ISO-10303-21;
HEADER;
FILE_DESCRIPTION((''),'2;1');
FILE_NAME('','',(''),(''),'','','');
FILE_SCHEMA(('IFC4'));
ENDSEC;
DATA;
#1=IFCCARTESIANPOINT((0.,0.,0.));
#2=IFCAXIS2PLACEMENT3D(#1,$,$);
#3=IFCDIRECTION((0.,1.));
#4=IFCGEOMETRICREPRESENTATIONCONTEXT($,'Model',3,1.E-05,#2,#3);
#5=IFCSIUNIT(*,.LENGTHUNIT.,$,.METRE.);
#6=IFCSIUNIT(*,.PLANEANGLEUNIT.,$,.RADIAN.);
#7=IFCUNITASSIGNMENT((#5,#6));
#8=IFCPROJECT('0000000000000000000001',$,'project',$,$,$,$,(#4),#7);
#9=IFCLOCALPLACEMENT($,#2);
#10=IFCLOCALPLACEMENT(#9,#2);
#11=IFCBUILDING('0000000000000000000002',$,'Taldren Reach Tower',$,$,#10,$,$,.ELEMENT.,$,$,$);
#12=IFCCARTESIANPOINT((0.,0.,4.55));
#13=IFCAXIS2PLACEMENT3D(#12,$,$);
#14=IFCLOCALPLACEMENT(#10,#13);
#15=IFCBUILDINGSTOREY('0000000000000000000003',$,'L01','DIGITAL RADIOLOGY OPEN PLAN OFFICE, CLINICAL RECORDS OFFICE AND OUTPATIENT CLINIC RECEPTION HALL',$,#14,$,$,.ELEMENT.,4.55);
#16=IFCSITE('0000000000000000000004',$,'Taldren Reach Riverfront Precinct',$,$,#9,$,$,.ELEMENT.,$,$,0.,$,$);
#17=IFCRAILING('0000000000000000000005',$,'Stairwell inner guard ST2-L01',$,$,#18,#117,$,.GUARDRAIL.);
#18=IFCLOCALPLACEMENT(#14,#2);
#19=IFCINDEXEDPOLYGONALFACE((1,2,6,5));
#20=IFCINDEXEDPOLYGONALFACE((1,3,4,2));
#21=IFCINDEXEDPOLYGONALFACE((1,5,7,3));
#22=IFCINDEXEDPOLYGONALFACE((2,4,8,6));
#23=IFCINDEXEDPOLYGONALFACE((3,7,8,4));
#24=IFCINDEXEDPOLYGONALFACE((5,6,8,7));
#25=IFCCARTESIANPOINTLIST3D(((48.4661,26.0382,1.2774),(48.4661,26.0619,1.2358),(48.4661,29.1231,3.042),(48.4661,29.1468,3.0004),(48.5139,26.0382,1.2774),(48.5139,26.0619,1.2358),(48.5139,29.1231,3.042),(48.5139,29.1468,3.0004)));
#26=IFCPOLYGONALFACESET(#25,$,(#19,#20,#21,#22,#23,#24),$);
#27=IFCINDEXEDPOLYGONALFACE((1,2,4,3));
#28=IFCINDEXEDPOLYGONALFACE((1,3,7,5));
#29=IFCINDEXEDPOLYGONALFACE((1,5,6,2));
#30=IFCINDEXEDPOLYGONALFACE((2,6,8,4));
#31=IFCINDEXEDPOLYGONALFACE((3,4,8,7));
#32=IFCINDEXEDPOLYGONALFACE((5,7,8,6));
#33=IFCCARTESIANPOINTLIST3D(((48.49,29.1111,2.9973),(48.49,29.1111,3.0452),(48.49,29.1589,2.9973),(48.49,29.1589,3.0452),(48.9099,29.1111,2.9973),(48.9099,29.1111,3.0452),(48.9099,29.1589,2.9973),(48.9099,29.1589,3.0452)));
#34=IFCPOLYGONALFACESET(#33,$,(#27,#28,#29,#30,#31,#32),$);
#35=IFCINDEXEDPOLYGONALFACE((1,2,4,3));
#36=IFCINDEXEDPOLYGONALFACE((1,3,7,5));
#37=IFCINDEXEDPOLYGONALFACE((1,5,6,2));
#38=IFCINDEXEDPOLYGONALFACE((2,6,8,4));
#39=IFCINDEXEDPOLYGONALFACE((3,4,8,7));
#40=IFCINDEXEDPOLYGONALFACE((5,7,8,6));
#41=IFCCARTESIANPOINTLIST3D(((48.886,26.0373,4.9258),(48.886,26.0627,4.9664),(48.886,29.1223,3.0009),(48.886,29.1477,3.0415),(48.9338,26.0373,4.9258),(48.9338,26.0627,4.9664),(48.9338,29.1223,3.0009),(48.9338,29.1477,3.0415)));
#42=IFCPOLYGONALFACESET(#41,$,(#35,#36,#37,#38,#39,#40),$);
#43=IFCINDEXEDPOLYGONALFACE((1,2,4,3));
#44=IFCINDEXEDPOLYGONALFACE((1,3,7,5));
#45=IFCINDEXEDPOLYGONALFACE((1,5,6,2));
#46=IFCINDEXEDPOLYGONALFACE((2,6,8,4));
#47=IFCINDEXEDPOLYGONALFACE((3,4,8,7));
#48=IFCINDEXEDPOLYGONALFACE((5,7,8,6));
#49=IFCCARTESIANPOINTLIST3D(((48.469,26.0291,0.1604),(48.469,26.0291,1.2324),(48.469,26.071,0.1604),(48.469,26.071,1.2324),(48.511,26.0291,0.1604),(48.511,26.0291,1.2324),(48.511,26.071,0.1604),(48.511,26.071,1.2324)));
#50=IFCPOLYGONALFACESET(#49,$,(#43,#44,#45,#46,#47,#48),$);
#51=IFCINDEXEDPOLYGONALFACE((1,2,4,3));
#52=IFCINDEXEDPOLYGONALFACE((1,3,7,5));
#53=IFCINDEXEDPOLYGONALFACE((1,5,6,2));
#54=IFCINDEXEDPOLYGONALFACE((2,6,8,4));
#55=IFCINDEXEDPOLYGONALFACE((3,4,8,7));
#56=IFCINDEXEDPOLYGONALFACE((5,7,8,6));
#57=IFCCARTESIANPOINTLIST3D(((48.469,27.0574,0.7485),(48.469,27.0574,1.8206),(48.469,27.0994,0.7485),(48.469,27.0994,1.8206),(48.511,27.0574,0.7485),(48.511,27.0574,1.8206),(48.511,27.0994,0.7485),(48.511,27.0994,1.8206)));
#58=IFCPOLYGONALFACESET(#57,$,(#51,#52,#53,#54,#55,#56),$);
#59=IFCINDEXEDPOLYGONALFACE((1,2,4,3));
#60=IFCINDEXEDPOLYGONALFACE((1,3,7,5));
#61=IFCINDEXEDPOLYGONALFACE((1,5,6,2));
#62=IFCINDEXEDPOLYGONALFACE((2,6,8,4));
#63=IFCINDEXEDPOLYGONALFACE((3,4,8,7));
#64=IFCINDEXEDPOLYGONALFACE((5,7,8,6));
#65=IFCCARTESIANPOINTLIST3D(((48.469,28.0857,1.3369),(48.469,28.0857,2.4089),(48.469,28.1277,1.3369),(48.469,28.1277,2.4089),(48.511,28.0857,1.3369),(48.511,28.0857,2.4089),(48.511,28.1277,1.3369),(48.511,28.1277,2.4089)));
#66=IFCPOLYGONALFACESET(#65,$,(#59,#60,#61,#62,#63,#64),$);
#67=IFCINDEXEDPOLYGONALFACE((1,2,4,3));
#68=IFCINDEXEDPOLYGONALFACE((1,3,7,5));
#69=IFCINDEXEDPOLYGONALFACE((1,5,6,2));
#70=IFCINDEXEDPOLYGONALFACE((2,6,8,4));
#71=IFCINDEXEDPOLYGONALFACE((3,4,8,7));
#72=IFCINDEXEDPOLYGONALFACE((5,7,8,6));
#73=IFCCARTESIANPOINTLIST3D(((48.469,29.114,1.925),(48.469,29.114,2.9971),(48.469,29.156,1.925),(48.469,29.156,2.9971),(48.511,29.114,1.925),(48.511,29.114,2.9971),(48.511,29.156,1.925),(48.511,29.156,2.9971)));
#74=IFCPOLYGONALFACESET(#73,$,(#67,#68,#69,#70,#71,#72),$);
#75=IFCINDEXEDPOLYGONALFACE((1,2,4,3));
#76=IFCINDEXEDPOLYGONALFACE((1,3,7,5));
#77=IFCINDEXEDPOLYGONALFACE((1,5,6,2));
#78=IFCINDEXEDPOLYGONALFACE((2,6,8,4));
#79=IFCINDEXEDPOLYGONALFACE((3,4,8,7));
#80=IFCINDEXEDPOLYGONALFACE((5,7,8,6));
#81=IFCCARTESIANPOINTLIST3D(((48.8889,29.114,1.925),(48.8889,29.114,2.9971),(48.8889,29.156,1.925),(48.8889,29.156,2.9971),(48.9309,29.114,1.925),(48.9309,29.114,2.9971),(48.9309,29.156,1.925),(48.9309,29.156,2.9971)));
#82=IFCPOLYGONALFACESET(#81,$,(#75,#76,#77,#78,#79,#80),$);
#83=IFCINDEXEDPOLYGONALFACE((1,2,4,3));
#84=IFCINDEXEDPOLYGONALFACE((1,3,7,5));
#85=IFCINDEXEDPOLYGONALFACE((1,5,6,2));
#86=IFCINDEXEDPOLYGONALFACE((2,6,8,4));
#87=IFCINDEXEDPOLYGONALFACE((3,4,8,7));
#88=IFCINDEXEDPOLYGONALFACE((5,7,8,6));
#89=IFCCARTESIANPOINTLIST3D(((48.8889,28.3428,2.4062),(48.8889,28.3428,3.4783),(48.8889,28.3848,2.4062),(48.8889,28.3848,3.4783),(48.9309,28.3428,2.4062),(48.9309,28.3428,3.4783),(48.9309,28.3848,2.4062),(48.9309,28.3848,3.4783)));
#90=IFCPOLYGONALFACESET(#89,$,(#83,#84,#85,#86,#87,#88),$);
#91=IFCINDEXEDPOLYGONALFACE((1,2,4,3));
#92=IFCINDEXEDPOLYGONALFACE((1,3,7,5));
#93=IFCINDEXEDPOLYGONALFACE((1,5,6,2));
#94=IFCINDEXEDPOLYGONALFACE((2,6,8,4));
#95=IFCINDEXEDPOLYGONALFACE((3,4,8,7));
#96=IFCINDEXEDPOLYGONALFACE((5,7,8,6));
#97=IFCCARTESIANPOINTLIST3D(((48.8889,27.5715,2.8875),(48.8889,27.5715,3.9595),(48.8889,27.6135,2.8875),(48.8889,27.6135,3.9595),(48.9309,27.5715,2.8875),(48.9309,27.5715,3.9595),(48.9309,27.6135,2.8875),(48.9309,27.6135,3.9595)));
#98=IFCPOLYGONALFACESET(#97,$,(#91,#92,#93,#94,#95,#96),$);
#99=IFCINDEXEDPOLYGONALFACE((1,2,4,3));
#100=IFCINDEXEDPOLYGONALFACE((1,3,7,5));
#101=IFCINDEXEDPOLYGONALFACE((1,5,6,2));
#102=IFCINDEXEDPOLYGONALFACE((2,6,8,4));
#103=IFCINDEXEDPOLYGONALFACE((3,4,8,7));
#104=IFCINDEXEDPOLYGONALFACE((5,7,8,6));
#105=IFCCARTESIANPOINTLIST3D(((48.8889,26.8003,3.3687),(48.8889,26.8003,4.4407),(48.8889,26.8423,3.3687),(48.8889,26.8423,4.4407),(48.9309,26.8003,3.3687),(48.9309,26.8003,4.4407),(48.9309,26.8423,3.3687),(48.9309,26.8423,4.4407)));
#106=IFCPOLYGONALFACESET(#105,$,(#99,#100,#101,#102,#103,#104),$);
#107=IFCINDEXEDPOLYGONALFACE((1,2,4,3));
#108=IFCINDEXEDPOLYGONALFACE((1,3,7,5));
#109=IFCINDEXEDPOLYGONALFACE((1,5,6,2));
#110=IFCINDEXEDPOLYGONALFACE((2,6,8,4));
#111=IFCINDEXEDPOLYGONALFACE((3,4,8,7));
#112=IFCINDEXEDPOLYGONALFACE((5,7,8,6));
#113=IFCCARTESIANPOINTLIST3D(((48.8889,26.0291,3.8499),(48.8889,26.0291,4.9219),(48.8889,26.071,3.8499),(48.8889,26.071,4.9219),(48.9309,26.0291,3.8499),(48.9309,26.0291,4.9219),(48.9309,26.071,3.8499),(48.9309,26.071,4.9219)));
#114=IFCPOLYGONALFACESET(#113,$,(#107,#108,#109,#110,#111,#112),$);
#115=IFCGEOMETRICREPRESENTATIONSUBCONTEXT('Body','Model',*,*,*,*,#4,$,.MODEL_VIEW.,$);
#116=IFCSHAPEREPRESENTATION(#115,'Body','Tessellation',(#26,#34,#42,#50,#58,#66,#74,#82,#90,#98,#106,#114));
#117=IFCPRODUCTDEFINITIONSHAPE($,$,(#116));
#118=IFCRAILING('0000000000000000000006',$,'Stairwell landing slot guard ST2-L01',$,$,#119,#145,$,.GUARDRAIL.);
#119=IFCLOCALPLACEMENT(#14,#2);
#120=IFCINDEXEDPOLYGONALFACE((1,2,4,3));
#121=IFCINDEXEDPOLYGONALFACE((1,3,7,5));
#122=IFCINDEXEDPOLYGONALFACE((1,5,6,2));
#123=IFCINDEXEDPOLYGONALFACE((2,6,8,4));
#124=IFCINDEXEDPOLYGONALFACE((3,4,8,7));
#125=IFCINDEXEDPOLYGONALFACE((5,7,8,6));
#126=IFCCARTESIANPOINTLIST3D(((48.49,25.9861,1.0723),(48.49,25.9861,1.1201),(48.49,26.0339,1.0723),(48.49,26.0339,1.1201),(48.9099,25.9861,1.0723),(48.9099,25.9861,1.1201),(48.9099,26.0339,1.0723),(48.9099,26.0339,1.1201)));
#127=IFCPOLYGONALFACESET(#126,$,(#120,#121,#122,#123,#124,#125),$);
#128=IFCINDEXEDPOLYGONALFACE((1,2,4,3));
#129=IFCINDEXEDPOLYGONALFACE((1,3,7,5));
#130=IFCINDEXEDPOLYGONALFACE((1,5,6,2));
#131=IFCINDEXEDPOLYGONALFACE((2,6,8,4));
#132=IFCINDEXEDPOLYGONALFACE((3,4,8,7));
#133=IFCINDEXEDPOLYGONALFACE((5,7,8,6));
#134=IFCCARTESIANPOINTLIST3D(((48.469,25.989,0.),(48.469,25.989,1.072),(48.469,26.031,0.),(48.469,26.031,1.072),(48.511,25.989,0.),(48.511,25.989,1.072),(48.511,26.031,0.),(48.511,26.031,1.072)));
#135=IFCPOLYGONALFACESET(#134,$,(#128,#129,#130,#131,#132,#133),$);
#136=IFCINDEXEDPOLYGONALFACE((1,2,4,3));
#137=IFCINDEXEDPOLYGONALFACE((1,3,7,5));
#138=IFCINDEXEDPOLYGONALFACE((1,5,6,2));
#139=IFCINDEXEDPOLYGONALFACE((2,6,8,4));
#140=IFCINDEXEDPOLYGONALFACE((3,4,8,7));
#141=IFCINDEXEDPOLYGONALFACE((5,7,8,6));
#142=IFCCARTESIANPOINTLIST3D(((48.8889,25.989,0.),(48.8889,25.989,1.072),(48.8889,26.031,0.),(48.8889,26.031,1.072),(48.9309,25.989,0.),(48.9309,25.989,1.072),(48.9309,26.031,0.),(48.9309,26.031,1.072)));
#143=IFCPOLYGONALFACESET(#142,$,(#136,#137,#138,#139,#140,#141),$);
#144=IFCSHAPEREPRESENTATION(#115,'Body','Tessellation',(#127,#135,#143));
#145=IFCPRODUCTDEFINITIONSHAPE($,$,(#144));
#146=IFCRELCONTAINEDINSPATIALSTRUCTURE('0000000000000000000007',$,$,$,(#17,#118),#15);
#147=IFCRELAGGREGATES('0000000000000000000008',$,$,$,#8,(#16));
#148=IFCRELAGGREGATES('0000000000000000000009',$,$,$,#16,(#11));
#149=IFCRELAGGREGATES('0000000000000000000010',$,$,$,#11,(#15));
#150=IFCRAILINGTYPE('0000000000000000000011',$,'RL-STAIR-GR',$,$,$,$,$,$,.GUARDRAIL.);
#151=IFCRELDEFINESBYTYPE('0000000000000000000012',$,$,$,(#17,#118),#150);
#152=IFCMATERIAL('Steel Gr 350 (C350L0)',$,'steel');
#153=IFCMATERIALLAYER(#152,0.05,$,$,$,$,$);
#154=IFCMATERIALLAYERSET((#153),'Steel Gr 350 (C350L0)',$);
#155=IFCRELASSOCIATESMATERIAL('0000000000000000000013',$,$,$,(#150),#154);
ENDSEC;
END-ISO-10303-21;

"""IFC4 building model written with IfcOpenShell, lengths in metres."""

from ifc_helpers import new_model, si_unit, direction, frame, origin, origin_2d, place, context, subcontext, project, spatial, rectangle, extrude, material, layer, layer_set, type_object, element, save


model = new_model("IFC4")

# Units and contexts
model_context = context("Model", 3, precision=1e-05, world=origin(), true_north=direction((0.0, 1.0)))
body_context = subcontext(model_context, "Body", "Model", "MODEL_VIEW")
ifc_project = project(units=[si_unit("LENGTHUNIT", "METRE"), si_unit("PLANEANGLEUNIT", "RADIAN")], contexts=[model_context])

# Site, building, storey
site_placement = place(None, origin())
site = spatial("IfcSite", under=ifc_project, at=site_placement, Name="Taldren Reach Riverfront Precinct", CompositionType="ELEMENT", RefElevation=0.0)
building_placement = place(site_placement, origin())
building = spatial("IfcBuilding", under=site, at=building_placement, Name="Taldren Reach Tower", CompositionType="ELEMENT")
storey_placement = place(building_placement, frame((0.0, 0.0, 4.55)))
storey = spatial("IfcBuildingStorey", under=building, at=storey_placement, Name="L01", Description="DIGITAL RADIOLOGY OPEN PLAN OFFICE, CLINICAL RECORDS OFFICE AND OUTPATIENT CLINIC RECEPTION HALL", CompositionType="ELEMENT", Elevation=4.55)

# Shared definitions
ifc_material_1 = material(Name="Steel Gr 350 (C350L0)", Category="steel")

# Railings
ifc_layer_1 = layer(ifc_material_1, 0.05)
ifc_layer_set_1 = layer_set([ifc_layer_1], Name="Steel Gr 350 (C350L0)")
railing_type_1 = type_object("IfcRailingType", Name="RL-STAIR-GR", PredefinedType="GUARDRAIL", material=ifc_layer_set_1)
railing_1_placement = place(storey_placement, frame((48.49, 26.05, 0.1604)))
element("IfcRailing", 1, at=railing_1_placement, inside=storey, type_object=railing_type_1, Name="Stairwell inner guard ST2-L01", PredefinedType="GUARDRAIL", context=body_context, shape_type="SweptSolid", body=[
    extrude(rectangle(XDim=0.0479, YDim=0.0479, at=origin_2d()), frame((0.0, 0.0, 1.0962), z_axis=(0.0, 0.868023, 0.496524), x_axis=(-1.0, 0.0, 0.0)), (0.0, 0.0, 1.0), 3.554),
    extrude(rectangle(XDim=0.0479, YDim=0.0479, at=origin_2d()), frame((0.0, 3.085, 2.8608), z_axis=(1.0, 0.0, 0.0), x_axis=(0.0, 1.0, 0.0)), (0.0, 0.0, 1.0), 0.4199),
    extrude(rectangle(XDim=0.0479, YDim=0.0479, at=origin_2d()), frame((0.4199, 3.085, 2.8608), z_axis=(0.0, -0.848405, 0.529347), x_axis=(1.0, 0.0, 0.0)), (0.0, 0.0, 1.0), 3.6362),
    extrude(rectangle(XDim=0.042, YDim=0.042, at=origin_2d()), origin(), (0.0, 0.0, 1.0), 1.072),
    extrude(rectangle(XDim=0.042, YDim=0.042, at=origin_2d()), frame((0.0, 1.0283, 0.5881)), (0.0, 0.0, 1.0), 1.072),
    extrude(rectangle(XDim=0.042, YDim=0.042, at=origin_2d()), frame((0.0, 2.0566, 1.1765)), (0.0, 0.0, 1.0), 1.072),
    extrude(rectangle(XDim=0.042, YDim=0.042, at=origin_2d()), frame((0.0, 3.085, 1.7646)), (0.0, 0.0, 1.0), 1.072),
    extrude(rectangle(XDim=0.042, YDim=0.042, at=origin_2d()), frame((0.4199, 3.085, 1.7646)), (0.0, 0.0, 1.0), 1.072),
    extrude(rectangle(XDim=0.042, YDim=0.042, at=origin_2d()), frame((0.4199, 2.3137, 2.2458)), (0.0, 0.0, 1.0), 1.072),
    extrude(rectangle(XDim=0.042, YDim=0.042, at=origin_2d()), frame((0.4199, 1.5425, 2.7271)), (0.0, 0.0, 1.0), 1.072),
    extrude(rectangle(XDim=0.042, YDim=0.042, at=origin_2d()), frame((0.4199, 0.7712, 3.2083)), (0.0, 0.0, 1.0), 1.072),
    extrude(rectangle(XDim=0.042, YDim=0.042, at=origin_2d()), frame((0.4199, 0.0, 3.6895)), (0.0, 0.0, 1.0), 1.072),
])
railing_2_placement = place(storey_placement, frame((48.49, 26.01, 0.0)))
element("IfcRailing", 2, at=railing_2_placement, inside=storey, type_object=railing_type_1, Name="Stairwell landing slot guard ST2-L01", PredefinedType="GUARDRAIL", context=body_context, shape_type="SweptSolid", body=[
    extrude(rectangle(XDim=0.0479, YDim=0.0479, at=origin_2d()), frame((0.0, 0.0, 1.0962), z_axis=(1.0, 0.0, 0.0), x_axis=(0.0, 1.0, 0.0)), (0.0, 0.0, 1.0), 0.4199),
    extrude(rectangle(XDim=0.042, YDim=0.042, at=origin_2d()), origin(), (0.0, 0.0, 1.0), 1.072),
    extrude(rectangle(XDim=0.042, YDim=0.042, at=origin_2d()), frame((0.4199, 0.0, 0.0)), (0.0, 0.0, 1.0), 1.072),
])

save(model, "model.ifc")
